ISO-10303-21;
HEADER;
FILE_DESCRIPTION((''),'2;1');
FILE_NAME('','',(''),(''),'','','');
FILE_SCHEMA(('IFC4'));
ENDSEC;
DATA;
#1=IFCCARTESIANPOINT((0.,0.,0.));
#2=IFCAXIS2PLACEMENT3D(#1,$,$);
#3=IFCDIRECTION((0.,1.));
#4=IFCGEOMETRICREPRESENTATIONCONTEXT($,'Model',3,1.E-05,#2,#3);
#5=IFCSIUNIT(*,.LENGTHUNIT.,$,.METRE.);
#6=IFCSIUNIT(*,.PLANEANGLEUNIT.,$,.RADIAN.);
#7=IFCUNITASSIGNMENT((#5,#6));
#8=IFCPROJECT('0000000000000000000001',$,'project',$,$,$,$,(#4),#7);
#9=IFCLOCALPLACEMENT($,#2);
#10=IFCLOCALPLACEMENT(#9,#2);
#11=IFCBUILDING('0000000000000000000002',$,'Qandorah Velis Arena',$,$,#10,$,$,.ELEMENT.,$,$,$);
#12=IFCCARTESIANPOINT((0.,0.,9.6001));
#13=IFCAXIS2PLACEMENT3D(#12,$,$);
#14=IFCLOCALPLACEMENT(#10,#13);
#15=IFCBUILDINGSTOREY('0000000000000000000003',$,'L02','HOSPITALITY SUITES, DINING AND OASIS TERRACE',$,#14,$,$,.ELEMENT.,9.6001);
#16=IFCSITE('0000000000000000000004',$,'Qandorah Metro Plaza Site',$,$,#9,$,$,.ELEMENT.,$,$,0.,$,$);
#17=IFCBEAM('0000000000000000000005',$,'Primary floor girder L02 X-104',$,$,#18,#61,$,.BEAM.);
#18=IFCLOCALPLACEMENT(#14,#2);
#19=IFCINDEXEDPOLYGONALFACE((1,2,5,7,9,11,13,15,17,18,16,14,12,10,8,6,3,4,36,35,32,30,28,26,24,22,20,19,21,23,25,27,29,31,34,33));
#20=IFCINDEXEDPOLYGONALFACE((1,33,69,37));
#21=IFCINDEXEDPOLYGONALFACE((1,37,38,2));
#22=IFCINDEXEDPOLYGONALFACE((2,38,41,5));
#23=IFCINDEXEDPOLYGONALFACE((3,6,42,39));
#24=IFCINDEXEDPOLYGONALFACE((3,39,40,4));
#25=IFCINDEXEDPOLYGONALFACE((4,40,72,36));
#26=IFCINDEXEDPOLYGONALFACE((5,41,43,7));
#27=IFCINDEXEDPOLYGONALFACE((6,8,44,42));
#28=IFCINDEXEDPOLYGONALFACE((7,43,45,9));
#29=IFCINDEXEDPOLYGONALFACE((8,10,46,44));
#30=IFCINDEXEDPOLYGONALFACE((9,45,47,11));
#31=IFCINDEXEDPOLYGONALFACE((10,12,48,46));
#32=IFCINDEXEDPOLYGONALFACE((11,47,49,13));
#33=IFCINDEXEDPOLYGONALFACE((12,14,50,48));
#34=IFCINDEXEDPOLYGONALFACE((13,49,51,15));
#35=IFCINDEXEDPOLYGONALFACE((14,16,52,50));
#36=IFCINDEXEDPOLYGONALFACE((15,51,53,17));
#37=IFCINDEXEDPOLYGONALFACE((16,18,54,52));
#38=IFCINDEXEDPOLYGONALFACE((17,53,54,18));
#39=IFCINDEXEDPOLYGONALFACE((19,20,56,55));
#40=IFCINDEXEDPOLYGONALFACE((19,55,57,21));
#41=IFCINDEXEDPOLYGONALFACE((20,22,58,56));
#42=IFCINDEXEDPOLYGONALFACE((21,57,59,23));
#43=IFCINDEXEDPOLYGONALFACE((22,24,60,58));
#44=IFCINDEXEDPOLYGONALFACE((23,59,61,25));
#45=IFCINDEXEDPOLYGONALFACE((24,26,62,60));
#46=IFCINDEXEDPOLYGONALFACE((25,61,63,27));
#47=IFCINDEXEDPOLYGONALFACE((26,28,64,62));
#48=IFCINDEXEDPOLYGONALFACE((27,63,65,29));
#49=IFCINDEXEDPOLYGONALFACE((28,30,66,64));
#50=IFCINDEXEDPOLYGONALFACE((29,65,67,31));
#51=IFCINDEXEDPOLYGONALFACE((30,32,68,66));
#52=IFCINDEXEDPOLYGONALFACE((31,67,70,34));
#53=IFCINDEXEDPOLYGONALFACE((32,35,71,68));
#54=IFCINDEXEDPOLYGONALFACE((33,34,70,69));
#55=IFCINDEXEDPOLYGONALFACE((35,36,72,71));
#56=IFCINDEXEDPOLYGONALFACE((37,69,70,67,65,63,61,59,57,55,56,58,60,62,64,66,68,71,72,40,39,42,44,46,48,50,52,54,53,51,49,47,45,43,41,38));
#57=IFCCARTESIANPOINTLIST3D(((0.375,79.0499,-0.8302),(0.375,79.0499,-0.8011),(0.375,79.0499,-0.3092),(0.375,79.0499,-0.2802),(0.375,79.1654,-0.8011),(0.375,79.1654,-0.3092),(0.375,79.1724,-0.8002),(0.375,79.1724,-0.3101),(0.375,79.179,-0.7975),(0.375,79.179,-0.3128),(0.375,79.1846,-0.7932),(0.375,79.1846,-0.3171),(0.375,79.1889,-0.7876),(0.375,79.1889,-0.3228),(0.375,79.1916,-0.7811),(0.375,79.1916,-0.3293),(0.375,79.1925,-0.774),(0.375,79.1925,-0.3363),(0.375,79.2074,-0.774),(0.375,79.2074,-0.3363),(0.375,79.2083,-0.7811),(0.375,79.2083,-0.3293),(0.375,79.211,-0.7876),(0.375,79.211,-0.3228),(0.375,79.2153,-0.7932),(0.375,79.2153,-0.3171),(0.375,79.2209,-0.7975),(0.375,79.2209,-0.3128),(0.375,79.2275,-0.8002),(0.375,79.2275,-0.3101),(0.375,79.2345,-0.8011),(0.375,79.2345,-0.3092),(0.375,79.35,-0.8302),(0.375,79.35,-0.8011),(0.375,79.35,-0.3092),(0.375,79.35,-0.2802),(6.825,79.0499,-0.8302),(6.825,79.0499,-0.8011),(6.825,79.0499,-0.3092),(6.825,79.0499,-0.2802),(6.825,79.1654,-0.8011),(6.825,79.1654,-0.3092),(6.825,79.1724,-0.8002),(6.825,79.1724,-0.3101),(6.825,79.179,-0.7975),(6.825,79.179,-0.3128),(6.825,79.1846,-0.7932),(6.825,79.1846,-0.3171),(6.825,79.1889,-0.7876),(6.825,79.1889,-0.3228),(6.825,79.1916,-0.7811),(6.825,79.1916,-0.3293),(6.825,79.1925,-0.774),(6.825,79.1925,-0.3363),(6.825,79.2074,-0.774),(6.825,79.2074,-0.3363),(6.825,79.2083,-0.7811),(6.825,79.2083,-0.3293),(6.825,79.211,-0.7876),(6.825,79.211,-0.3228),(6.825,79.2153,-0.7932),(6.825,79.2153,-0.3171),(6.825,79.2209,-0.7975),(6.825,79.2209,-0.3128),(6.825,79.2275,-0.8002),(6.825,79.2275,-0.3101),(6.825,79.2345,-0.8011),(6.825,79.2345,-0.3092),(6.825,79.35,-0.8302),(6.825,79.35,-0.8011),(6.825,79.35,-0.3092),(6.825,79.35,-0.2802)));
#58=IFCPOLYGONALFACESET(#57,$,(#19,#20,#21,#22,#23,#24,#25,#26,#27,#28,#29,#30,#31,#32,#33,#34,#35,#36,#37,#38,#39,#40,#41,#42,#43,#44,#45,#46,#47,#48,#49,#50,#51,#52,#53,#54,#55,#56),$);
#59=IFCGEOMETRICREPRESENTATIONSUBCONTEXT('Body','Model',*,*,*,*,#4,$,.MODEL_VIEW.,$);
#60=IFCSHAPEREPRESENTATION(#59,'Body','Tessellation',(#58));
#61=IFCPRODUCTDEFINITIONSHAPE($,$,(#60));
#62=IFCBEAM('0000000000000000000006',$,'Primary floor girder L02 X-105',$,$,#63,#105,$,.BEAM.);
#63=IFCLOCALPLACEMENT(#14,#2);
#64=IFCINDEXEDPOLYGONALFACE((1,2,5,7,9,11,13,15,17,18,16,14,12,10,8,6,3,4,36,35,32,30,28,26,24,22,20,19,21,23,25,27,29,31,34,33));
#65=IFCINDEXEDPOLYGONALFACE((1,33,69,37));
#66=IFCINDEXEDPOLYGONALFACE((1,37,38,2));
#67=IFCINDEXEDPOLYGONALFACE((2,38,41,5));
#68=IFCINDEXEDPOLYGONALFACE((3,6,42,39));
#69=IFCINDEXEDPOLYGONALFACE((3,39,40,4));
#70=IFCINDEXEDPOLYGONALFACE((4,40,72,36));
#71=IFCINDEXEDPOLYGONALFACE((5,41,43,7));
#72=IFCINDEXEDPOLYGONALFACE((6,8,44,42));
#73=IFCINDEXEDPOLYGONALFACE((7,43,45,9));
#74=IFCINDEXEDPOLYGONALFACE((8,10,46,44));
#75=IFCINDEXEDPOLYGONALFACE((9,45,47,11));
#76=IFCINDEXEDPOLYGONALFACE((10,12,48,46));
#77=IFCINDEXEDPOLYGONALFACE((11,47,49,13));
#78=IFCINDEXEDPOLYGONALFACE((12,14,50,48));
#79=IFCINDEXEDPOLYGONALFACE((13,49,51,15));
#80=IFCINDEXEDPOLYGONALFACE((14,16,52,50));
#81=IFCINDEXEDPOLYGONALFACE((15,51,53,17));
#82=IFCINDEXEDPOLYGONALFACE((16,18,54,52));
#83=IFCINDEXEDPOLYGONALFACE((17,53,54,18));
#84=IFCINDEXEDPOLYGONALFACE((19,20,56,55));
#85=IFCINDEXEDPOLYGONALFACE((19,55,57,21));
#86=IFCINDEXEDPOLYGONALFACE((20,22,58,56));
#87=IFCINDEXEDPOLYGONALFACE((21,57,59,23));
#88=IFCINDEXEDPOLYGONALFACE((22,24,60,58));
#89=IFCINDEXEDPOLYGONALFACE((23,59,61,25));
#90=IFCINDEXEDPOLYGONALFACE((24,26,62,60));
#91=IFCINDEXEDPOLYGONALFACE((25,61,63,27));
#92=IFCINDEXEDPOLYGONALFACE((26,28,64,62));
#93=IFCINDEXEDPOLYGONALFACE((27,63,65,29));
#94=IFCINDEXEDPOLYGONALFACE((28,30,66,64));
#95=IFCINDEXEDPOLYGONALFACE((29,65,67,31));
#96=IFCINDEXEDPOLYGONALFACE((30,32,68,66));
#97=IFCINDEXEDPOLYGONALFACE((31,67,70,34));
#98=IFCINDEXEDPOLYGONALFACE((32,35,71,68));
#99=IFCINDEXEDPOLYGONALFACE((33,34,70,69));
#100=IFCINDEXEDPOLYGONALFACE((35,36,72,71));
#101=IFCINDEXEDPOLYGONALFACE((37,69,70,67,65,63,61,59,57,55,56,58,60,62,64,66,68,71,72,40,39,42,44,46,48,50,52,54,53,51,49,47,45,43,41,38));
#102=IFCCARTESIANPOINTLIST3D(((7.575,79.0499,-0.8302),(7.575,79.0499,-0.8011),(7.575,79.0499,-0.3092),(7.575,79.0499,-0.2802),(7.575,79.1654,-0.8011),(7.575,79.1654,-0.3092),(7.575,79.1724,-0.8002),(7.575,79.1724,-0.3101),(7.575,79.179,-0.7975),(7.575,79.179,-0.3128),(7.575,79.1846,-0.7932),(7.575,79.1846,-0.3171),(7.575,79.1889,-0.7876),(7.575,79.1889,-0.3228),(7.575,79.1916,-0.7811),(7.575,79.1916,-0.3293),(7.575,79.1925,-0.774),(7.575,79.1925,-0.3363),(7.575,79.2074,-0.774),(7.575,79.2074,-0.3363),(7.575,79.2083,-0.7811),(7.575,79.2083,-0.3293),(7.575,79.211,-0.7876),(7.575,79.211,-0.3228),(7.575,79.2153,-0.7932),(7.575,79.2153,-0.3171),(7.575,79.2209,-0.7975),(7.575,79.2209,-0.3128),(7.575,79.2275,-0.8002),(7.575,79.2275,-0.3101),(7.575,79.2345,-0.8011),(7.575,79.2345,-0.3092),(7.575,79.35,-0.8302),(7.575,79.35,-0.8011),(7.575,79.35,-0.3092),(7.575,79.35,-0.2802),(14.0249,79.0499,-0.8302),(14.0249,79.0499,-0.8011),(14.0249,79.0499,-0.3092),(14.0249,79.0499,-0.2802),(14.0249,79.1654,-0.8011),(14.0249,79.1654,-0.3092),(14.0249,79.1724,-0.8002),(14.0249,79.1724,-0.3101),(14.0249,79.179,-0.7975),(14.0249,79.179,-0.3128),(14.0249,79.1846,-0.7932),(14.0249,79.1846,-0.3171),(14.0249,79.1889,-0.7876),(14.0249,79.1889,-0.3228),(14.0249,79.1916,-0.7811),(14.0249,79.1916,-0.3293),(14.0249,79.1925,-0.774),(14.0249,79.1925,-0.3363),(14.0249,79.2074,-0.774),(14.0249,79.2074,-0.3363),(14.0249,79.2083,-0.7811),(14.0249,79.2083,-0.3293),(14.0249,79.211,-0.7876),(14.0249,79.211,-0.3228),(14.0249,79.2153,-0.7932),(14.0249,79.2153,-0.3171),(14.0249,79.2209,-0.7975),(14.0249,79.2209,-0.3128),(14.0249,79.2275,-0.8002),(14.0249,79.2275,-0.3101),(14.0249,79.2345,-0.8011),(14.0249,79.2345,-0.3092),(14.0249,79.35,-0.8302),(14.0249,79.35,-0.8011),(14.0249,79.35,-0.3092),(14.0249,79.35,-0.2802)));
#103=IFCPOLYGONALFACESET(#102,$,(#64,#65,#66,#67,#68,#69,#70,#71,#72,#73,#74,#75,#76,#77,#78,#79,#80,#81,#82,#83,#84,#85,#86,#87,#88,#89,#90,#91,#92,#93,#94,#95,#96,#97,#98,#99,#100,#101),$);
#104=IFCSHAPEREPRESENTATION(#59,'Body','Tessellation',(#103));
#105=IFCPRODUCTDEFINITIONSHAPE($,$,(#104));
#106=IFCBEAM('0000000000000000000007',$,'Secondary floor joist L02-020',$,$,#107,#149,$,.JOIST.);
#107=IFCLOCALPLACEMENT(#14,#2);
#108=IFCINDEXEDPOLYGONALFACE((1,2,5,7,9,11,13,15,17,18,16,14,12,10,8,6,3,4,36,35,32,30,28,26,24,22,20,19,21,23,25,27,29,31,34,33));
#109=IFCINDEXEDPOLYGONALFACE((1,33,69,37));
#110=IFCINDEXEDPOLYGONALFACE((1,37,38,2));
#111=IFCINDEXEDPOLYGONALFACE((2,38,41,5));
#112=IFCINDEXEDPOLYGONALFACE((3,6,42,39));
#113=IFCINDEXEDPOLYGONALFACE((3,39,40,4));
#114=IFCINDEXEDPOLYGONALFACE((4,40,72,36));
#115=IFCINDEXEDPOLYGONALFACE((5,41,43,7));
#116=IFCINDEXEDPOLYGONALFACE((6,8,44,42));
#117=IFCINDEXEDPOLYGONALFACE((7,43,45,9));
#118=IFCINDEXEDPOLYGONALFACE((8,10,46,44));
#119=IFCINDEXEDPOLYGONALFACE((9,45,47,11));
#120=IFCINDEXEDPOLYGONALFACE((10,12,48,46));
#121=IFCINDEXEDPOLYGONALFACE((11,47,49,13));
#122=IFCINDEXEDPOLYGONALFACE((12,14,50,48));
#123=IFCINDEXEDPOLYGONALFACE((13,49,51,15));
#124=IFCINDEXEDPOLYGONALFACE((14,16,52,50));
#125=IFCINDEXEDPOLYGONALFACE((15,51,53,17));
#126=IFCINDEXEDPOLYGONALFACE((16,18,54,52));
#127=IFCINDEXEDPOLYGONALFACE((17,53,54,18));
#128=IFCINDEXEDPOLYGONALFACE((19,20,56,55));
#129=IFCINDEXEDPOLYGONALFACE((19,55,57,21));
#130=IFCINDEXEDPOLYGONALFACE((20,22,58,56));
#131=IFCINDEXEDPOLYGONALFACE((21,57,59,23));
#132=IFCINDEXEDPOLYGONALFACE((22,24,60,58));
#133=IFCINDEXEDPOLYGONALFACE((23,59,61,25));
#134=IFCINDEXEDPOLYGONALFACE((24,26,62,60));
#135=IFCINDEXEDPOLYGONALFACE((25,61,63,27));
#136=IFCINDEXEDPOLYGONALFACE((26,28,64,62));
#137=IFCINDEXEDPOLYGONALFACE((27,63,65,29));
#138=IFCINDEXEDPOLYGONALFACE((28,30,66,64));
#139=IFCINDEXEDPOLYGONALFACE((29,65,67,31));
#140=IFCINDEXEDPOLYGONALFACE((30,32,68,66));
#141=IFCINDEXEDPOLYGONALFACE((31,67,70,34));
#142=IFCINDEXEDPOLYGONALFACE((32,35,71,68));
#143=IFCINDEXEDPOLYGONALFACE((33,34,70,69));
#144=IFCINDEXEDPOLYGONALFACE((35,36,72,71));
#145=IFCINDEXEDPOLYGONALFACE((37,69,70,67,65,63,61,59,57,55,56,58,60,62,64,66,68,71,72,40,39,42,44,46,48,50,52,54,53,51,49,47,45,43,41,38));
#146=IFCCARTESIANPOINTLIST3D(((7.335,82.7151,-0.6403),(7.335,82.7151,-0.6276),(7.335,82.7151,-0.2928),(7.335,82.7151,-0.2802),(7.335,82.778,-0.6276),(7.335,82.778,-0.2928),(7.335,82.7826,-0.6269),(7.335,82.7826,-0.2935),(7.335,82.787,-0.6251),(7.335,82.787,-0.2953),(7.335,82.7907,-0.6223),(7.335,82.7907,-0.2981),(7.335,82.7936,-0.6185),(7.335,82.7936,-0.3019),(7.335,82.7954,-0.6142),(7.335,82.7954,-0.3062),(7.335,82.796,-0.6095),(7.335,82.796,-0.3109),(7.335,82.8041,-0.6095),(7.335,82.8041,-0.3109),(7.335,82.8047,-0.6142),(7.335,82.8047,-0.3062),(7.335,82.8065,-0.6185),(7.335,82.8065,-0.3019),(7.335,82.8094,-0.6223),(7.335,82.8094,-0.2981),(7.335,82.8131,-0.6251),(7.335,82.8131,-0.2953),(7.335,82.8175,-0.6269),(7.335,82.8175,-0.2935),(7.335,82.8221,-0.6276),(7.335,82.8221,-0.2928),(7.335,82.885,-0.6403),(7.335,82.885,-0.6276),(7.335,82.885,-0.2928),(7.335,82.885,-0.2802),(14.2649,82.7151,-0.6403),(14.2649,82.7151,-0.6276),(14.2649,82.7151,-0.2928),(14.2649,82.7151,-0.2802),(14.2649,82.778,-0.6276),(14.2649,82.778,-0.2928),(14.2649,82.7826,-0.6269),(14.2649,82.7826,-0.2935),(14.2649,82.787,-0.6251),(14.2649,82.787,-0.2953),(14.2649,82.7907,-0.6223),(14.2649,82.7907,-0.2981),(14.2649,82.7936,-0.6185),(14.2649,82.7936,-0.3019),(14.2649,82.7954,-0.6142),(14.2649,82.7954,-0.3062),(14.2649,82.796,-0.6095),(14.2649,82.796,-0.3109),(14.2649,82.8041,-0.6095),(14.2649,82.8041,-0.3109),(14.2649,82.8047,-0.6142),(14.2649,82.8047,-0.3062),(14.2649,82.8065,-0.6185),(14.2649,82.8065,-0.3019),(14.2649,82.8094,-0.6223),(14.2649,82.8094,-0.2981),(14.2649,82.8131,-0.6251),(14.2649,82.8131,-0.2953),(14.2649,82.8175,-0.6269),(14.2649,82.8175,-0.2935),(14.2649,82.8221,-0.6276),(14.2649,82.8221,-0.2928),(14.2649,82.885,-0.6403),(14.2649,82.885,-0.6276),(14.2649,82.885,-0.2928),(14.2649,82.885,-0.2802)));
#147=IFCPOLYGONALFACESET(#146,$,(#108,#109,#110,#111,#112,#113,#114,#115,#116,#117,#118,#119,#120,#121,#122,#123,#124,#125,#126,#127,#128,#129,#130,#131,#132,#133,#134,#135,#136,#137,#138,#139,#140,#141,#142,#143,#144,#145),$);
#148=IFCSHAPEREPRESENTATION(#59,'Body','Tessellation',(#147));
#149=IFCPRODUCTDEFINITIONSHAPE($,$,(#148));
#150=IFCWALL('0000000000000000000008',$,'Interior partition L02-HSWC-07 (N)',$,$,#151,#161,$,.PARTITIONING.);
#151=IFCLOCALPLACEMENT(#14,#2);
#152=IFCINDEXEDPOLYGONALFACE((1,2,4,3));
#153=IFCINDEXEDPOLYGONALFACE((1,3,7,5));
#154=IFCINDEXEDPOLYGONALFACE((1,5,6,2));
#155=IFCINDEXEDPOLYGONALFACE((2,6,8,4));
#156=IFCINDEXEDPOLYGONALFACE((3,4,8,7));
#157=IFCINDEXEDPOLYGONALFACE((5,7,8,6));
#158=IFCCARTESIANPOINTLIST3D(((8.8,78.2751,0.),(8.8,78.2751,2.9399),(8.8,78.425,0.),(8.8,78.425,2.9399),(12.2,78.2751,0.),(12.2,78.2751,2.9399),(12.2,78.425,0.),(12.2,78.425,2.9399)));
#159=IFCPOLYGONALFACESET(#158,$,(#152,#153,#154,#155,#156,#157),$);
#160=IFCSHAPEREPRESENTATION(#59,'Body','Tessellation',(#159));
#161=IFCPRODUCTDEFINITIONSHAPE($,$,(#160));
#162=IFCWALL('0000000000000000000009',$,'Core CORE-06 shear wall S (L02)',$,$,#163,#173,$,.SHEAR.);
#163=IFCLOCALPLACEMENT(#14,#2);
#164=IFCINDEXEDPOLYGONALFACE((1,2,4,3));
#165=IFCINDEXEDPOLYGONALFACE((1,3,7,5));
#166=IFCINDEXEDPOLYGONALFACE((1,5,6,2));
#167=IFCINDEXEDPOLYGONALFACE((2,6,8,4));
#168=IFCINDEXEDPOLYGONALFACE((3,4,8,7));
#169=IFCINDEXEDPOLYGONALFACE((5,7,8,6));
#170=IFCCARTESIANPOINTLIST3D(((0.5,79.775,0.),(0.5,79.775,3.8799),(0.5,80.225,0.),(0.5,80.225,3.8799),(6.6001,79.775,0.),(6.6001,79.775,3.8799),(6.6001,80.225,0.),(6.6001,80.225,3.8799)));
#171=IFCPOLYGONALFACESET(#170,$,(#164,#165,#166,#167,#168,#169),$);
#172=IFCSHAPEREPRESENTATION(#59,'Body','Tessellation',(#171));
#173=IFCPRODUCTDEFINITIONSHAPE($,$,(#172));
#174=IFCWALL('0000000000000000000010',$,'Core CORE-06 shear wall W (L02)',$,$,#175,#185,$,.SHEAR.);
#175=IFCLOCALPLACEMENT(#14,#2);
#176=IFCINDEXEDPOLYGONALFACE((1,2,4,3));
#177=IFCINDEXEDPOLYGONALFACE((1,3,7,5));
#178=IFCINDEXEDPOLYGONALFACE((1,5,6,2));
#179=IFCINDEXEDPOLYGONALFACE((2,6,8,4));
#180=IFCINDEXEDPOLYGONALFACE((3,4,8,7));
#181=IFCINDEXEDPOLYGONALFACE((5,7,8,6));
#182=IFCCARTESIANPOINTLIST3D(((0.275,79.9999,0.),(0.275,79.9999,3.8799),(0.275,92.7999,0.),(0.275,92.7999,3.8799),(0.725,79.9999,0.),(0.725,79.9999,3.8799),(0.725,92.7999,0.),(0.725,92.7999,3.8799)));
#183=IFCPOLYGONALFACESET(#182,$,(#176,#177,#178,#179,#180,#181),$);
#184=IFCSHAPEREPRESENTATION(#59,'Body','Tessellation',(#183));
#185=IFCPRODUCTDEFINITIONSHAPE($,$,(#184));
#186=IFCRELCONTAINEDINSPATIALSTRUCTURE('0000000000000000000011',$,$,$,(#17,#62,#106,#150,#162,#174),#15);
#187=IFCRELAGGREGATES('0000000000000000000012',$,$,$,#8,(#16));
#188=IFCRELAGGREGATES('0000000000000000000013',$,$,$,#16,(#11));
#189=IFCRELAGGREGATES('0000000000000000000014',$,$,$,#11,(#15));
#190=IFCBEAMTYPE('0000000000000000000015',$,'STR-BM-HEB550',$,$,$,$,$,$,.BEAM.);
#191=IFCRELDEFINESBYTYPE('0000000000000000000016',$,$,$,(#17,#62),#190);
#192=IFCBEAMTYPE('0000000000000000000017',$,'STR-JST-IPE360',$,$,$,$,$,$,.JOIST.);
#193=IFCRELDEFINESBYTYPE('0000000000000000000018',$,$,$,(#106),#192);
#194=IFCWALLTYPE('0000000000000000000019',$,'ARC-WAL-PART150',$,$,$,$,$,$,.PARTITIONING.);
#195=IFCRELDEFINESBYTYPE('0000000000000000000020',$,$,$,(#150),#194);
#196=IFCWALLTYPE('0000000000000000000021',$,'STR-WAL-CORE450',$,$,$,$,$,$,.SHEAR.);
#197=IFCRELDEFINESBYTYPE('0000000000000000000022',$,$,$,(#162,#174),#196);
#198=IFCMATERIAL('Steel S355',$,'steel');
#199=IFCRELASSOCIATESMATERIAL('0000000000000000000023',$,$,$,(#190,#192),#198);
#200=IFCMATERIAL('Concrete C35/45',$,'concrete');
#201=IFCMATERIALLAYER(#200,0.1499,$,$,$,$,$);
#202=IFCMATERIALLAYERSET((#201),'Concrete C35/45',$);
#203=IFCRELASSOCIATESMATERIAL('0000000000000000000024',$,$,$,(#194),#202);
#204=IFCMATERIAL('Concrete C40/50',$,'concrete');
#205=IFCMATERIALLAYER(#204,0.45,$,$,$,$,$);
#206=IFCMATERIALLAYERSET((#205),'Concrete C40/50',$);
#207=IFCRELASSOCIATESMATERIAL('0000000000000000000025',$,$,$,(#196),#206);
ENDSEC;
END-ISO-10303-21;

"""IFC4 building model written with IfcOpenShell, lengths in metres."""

from ifc_helpers import new_model, si_unit, direction, frame, frame_2d, origin, origin_2d, place, context, subcontext, project, spatial, rectangle, i_section, extrude, material, layer, layer_set, material_profile, profile_set, type_object, element, save


model = new_model("IFC4")

# Units and contexts
model_context = context("Model", 3, precision=1e-05, world=origin(), true_north=direction((0.0, 1.0)))
body_context = subcontext(model_context, "Body", "Model", "MODEL_VIEW")
ifc_project = project(units=[si_unit("LENGTHUNIT", "METRE"), si_unit("PLANEANGLEUNIT", "RADIAN")], contexts=[model_context])

# Site, building, storey
site_placement = place(None, origin())
site = spatial("IfcSite", under=ifc_project, at=site_placement, Name="Qandorah Metro Plaza Site", CompositionType="ELEMENT", RefElevation=0.0)
building_placement = place(site_placement, origin())
building = spatial("IfcBuilding", under=site, at=building_placement, Name="Qandorah Velis Arena", CompositionType="ELEMENT")
storey_placement = place(building_placement, frame((0.0, 0.0, 9.6001)))
storey = spatial("IfcBuildingStorey", under=building, at=storey_placement, Name="L02", Description="HOSPITALITY SUITES, DINING AND OASIS TERRACE", CompositionType="ELEMENT", Elevation=9.6001)

# Shared definitions
ifc_material_1 = material(Name="Concrete C40/50", Category="concrete")

# Beams
ifc_material_2 = material(Name="Steel S355", Category="steel")
ifc_material_profile_1 = material_profile(ifc_material_2, i_section(OverallWidth=0.3, OverallDepth=0.55, WebThickness=0.0149, FlangeThickness=0.0291, FilletRadius=0.0271, at=origin_2d()), Name="HEB 550")
ifc_profile_set_1 = profile_set([ifc_material_profile_1], Name="Steel S355")
beam_type_1 = type_object("IfcBeamType", Name="STR-BM-HEB550", PredefinedType="BEAM", material=ifc_profile_set_1)
for number, where, z_axis, x_axis, name in (
    (1, (0.375, 79.2, -0.5552), (1.0, 0.0, 0.0), (0.0, 1.0, 0.0), "Primary floor girder L02 X-104"),
    (2, (7.575, 79.2, -0.5552), (1.0, 0.0, 0.0), (0.0, 1.0, 0.0), "Primary floor girder L02 X-105"),
):
    element("IfcBeam", number, at=place(storey_placement, frame(where, z_axis=z_axis, x_axis=x_axis)), inside=storey, type_object=beam_type_1, Name=name, PredefinedType="BEAM", context=body_context, shape_type="SweptSolid", body=[
        extrude(i_section(OverallWidth=0.3, OverallDepth=0.55, WebThickness=0.0149, FlangeThickness=0.0291, FilletRadius=0.0271, at=origin_2d()), origin(), (0.0, 0.0, 1.0), 6.45),
    ])
ifc_material_profile_2 = material_profile(ifc_material_2, i_section(OverallWidth=0.1699, OverallDepth=0.3601, WebThickness=0.0081, FlangeThickness=0.0127, FilletRadius=0.0181, at=origin_2d()), Name="IPE 360")
ifc_profile_set_2 = profile_set([ifc_material_profile_2], Name="Steel S355")
beam_type_2 = type_object("IfcBeamType", Name="STR-JST-IPE360", PredefinedType="JOIST", material=ifc_profile_set_2)
beam_1_placement = place(storey_placement, frame((7.335, 82.8, -0.4602), z_axis=(1.0, 0.0, 0.0), x_axis=(0.0, 1.0, 0.0)))
element("IfcBeam", 3, at=beam_1_placement, inside=storey, type_object=beam_type_2, Name="Secondary floor joist L02-020", PredefinedType="JOIST", context=body_context, shape_type="SweptSolid", body=[
    extrude(i_section(OverallWidth=0.1699, OverallDepth=0.3601, WebThickness=0.0081, FlangeThickness=0.0127, FilletRadius=0.0181, at=origin_2d()), origin(), (0.0, 0.0, 1.0), 6.9299),
])

# Walls
ifc_material_3 = material(Name="Concrete C35/45", Category="concrete")
ifc_layer_1 = layer(ifc_material_3, 0.1499)
ifc_layer_set_1 = layer_set([ifc_layer_1], Name="Concrete C35/45")
wall_type_1 = type_object("IfcWallType", Name="ARC-WAL-PART150", PredefinedType="PARTITIONING", material=ifc_layer_set_1)
wall_1_placement = place(storey_placement, frame((12.2, 78.3501, 0.0), z_axis=(0.0, 0.0, 1.0), x_axis=(-1.0, 0.0, 0.0)))
element("IfcWall", 4, at=wall_1_placement, inside=storey, type_object=wall_type_1, Name="Interior partition L02-HSWC-07 (N)", PredefinedType="PARTITIONING", context=body_context, shape_type="SweptSolid", body=[
    extrude(rectangle(XDim=3.3999, YDim=0.1499, at=frame_2d((1.7, 0.0))), origin(), (0.0, 0.0, 1.0), 2.9399),
])
ifc_layer_2 = layer(ifc_material_1, 0.45)
ifc_layer_set_2 = layer_set([ifc_layer_2], Name="Concrete C40/50")
wall_type_2 = type_object("IfcWallType", Name="STR-WAL-CORE450", PredefinedType="SHEAR", material=ifc_layer_set_2)
wall_2_placement = place(storey_placement, frame((0.5, 80.0, 0.0), z_axis=(0.0, 0.0, 1.0), x_axis=(1.0, 0.0, 0.0)))
element("IfcWall", 5, at=wall_2_placement, inside=storey, type_object=wall_type_2, Name="Core CORE-06 shear wall S (L02)", PredefinedType="SHEAR", context=body_context, shape_type="SweptSolid", body=[
    extrude(rectangle(XDim=6.1001, YDim=0.45, at=frame_2d((3.05, 0.0))), origin(), (0.0, 0.0, 1.0), 3.8799),
])
wall_3_placement = place(storey_placement, frame((0.5, 80.0, 0.0), z_axis=(0.0, 0.0, 1.0), x_axis=(0.0, 1.0, 0.0)))
element("IfcWall", 6, at=wall_3_placement, inside=storey, type_object=wall_type_2, Name="Core CORE-06 shear wall W (L02)", PredefinedType="SHEAR", context=body_context, shape_type="SweptSolid", body=[
    extrude(rectangle(XDim=12.8, YDim=0.45, at=frame_2d((6.3999, 0.0))), origin(), (0.0, 0.0, 1.0), 3.8799),
])

save(model, "model.ifc")
